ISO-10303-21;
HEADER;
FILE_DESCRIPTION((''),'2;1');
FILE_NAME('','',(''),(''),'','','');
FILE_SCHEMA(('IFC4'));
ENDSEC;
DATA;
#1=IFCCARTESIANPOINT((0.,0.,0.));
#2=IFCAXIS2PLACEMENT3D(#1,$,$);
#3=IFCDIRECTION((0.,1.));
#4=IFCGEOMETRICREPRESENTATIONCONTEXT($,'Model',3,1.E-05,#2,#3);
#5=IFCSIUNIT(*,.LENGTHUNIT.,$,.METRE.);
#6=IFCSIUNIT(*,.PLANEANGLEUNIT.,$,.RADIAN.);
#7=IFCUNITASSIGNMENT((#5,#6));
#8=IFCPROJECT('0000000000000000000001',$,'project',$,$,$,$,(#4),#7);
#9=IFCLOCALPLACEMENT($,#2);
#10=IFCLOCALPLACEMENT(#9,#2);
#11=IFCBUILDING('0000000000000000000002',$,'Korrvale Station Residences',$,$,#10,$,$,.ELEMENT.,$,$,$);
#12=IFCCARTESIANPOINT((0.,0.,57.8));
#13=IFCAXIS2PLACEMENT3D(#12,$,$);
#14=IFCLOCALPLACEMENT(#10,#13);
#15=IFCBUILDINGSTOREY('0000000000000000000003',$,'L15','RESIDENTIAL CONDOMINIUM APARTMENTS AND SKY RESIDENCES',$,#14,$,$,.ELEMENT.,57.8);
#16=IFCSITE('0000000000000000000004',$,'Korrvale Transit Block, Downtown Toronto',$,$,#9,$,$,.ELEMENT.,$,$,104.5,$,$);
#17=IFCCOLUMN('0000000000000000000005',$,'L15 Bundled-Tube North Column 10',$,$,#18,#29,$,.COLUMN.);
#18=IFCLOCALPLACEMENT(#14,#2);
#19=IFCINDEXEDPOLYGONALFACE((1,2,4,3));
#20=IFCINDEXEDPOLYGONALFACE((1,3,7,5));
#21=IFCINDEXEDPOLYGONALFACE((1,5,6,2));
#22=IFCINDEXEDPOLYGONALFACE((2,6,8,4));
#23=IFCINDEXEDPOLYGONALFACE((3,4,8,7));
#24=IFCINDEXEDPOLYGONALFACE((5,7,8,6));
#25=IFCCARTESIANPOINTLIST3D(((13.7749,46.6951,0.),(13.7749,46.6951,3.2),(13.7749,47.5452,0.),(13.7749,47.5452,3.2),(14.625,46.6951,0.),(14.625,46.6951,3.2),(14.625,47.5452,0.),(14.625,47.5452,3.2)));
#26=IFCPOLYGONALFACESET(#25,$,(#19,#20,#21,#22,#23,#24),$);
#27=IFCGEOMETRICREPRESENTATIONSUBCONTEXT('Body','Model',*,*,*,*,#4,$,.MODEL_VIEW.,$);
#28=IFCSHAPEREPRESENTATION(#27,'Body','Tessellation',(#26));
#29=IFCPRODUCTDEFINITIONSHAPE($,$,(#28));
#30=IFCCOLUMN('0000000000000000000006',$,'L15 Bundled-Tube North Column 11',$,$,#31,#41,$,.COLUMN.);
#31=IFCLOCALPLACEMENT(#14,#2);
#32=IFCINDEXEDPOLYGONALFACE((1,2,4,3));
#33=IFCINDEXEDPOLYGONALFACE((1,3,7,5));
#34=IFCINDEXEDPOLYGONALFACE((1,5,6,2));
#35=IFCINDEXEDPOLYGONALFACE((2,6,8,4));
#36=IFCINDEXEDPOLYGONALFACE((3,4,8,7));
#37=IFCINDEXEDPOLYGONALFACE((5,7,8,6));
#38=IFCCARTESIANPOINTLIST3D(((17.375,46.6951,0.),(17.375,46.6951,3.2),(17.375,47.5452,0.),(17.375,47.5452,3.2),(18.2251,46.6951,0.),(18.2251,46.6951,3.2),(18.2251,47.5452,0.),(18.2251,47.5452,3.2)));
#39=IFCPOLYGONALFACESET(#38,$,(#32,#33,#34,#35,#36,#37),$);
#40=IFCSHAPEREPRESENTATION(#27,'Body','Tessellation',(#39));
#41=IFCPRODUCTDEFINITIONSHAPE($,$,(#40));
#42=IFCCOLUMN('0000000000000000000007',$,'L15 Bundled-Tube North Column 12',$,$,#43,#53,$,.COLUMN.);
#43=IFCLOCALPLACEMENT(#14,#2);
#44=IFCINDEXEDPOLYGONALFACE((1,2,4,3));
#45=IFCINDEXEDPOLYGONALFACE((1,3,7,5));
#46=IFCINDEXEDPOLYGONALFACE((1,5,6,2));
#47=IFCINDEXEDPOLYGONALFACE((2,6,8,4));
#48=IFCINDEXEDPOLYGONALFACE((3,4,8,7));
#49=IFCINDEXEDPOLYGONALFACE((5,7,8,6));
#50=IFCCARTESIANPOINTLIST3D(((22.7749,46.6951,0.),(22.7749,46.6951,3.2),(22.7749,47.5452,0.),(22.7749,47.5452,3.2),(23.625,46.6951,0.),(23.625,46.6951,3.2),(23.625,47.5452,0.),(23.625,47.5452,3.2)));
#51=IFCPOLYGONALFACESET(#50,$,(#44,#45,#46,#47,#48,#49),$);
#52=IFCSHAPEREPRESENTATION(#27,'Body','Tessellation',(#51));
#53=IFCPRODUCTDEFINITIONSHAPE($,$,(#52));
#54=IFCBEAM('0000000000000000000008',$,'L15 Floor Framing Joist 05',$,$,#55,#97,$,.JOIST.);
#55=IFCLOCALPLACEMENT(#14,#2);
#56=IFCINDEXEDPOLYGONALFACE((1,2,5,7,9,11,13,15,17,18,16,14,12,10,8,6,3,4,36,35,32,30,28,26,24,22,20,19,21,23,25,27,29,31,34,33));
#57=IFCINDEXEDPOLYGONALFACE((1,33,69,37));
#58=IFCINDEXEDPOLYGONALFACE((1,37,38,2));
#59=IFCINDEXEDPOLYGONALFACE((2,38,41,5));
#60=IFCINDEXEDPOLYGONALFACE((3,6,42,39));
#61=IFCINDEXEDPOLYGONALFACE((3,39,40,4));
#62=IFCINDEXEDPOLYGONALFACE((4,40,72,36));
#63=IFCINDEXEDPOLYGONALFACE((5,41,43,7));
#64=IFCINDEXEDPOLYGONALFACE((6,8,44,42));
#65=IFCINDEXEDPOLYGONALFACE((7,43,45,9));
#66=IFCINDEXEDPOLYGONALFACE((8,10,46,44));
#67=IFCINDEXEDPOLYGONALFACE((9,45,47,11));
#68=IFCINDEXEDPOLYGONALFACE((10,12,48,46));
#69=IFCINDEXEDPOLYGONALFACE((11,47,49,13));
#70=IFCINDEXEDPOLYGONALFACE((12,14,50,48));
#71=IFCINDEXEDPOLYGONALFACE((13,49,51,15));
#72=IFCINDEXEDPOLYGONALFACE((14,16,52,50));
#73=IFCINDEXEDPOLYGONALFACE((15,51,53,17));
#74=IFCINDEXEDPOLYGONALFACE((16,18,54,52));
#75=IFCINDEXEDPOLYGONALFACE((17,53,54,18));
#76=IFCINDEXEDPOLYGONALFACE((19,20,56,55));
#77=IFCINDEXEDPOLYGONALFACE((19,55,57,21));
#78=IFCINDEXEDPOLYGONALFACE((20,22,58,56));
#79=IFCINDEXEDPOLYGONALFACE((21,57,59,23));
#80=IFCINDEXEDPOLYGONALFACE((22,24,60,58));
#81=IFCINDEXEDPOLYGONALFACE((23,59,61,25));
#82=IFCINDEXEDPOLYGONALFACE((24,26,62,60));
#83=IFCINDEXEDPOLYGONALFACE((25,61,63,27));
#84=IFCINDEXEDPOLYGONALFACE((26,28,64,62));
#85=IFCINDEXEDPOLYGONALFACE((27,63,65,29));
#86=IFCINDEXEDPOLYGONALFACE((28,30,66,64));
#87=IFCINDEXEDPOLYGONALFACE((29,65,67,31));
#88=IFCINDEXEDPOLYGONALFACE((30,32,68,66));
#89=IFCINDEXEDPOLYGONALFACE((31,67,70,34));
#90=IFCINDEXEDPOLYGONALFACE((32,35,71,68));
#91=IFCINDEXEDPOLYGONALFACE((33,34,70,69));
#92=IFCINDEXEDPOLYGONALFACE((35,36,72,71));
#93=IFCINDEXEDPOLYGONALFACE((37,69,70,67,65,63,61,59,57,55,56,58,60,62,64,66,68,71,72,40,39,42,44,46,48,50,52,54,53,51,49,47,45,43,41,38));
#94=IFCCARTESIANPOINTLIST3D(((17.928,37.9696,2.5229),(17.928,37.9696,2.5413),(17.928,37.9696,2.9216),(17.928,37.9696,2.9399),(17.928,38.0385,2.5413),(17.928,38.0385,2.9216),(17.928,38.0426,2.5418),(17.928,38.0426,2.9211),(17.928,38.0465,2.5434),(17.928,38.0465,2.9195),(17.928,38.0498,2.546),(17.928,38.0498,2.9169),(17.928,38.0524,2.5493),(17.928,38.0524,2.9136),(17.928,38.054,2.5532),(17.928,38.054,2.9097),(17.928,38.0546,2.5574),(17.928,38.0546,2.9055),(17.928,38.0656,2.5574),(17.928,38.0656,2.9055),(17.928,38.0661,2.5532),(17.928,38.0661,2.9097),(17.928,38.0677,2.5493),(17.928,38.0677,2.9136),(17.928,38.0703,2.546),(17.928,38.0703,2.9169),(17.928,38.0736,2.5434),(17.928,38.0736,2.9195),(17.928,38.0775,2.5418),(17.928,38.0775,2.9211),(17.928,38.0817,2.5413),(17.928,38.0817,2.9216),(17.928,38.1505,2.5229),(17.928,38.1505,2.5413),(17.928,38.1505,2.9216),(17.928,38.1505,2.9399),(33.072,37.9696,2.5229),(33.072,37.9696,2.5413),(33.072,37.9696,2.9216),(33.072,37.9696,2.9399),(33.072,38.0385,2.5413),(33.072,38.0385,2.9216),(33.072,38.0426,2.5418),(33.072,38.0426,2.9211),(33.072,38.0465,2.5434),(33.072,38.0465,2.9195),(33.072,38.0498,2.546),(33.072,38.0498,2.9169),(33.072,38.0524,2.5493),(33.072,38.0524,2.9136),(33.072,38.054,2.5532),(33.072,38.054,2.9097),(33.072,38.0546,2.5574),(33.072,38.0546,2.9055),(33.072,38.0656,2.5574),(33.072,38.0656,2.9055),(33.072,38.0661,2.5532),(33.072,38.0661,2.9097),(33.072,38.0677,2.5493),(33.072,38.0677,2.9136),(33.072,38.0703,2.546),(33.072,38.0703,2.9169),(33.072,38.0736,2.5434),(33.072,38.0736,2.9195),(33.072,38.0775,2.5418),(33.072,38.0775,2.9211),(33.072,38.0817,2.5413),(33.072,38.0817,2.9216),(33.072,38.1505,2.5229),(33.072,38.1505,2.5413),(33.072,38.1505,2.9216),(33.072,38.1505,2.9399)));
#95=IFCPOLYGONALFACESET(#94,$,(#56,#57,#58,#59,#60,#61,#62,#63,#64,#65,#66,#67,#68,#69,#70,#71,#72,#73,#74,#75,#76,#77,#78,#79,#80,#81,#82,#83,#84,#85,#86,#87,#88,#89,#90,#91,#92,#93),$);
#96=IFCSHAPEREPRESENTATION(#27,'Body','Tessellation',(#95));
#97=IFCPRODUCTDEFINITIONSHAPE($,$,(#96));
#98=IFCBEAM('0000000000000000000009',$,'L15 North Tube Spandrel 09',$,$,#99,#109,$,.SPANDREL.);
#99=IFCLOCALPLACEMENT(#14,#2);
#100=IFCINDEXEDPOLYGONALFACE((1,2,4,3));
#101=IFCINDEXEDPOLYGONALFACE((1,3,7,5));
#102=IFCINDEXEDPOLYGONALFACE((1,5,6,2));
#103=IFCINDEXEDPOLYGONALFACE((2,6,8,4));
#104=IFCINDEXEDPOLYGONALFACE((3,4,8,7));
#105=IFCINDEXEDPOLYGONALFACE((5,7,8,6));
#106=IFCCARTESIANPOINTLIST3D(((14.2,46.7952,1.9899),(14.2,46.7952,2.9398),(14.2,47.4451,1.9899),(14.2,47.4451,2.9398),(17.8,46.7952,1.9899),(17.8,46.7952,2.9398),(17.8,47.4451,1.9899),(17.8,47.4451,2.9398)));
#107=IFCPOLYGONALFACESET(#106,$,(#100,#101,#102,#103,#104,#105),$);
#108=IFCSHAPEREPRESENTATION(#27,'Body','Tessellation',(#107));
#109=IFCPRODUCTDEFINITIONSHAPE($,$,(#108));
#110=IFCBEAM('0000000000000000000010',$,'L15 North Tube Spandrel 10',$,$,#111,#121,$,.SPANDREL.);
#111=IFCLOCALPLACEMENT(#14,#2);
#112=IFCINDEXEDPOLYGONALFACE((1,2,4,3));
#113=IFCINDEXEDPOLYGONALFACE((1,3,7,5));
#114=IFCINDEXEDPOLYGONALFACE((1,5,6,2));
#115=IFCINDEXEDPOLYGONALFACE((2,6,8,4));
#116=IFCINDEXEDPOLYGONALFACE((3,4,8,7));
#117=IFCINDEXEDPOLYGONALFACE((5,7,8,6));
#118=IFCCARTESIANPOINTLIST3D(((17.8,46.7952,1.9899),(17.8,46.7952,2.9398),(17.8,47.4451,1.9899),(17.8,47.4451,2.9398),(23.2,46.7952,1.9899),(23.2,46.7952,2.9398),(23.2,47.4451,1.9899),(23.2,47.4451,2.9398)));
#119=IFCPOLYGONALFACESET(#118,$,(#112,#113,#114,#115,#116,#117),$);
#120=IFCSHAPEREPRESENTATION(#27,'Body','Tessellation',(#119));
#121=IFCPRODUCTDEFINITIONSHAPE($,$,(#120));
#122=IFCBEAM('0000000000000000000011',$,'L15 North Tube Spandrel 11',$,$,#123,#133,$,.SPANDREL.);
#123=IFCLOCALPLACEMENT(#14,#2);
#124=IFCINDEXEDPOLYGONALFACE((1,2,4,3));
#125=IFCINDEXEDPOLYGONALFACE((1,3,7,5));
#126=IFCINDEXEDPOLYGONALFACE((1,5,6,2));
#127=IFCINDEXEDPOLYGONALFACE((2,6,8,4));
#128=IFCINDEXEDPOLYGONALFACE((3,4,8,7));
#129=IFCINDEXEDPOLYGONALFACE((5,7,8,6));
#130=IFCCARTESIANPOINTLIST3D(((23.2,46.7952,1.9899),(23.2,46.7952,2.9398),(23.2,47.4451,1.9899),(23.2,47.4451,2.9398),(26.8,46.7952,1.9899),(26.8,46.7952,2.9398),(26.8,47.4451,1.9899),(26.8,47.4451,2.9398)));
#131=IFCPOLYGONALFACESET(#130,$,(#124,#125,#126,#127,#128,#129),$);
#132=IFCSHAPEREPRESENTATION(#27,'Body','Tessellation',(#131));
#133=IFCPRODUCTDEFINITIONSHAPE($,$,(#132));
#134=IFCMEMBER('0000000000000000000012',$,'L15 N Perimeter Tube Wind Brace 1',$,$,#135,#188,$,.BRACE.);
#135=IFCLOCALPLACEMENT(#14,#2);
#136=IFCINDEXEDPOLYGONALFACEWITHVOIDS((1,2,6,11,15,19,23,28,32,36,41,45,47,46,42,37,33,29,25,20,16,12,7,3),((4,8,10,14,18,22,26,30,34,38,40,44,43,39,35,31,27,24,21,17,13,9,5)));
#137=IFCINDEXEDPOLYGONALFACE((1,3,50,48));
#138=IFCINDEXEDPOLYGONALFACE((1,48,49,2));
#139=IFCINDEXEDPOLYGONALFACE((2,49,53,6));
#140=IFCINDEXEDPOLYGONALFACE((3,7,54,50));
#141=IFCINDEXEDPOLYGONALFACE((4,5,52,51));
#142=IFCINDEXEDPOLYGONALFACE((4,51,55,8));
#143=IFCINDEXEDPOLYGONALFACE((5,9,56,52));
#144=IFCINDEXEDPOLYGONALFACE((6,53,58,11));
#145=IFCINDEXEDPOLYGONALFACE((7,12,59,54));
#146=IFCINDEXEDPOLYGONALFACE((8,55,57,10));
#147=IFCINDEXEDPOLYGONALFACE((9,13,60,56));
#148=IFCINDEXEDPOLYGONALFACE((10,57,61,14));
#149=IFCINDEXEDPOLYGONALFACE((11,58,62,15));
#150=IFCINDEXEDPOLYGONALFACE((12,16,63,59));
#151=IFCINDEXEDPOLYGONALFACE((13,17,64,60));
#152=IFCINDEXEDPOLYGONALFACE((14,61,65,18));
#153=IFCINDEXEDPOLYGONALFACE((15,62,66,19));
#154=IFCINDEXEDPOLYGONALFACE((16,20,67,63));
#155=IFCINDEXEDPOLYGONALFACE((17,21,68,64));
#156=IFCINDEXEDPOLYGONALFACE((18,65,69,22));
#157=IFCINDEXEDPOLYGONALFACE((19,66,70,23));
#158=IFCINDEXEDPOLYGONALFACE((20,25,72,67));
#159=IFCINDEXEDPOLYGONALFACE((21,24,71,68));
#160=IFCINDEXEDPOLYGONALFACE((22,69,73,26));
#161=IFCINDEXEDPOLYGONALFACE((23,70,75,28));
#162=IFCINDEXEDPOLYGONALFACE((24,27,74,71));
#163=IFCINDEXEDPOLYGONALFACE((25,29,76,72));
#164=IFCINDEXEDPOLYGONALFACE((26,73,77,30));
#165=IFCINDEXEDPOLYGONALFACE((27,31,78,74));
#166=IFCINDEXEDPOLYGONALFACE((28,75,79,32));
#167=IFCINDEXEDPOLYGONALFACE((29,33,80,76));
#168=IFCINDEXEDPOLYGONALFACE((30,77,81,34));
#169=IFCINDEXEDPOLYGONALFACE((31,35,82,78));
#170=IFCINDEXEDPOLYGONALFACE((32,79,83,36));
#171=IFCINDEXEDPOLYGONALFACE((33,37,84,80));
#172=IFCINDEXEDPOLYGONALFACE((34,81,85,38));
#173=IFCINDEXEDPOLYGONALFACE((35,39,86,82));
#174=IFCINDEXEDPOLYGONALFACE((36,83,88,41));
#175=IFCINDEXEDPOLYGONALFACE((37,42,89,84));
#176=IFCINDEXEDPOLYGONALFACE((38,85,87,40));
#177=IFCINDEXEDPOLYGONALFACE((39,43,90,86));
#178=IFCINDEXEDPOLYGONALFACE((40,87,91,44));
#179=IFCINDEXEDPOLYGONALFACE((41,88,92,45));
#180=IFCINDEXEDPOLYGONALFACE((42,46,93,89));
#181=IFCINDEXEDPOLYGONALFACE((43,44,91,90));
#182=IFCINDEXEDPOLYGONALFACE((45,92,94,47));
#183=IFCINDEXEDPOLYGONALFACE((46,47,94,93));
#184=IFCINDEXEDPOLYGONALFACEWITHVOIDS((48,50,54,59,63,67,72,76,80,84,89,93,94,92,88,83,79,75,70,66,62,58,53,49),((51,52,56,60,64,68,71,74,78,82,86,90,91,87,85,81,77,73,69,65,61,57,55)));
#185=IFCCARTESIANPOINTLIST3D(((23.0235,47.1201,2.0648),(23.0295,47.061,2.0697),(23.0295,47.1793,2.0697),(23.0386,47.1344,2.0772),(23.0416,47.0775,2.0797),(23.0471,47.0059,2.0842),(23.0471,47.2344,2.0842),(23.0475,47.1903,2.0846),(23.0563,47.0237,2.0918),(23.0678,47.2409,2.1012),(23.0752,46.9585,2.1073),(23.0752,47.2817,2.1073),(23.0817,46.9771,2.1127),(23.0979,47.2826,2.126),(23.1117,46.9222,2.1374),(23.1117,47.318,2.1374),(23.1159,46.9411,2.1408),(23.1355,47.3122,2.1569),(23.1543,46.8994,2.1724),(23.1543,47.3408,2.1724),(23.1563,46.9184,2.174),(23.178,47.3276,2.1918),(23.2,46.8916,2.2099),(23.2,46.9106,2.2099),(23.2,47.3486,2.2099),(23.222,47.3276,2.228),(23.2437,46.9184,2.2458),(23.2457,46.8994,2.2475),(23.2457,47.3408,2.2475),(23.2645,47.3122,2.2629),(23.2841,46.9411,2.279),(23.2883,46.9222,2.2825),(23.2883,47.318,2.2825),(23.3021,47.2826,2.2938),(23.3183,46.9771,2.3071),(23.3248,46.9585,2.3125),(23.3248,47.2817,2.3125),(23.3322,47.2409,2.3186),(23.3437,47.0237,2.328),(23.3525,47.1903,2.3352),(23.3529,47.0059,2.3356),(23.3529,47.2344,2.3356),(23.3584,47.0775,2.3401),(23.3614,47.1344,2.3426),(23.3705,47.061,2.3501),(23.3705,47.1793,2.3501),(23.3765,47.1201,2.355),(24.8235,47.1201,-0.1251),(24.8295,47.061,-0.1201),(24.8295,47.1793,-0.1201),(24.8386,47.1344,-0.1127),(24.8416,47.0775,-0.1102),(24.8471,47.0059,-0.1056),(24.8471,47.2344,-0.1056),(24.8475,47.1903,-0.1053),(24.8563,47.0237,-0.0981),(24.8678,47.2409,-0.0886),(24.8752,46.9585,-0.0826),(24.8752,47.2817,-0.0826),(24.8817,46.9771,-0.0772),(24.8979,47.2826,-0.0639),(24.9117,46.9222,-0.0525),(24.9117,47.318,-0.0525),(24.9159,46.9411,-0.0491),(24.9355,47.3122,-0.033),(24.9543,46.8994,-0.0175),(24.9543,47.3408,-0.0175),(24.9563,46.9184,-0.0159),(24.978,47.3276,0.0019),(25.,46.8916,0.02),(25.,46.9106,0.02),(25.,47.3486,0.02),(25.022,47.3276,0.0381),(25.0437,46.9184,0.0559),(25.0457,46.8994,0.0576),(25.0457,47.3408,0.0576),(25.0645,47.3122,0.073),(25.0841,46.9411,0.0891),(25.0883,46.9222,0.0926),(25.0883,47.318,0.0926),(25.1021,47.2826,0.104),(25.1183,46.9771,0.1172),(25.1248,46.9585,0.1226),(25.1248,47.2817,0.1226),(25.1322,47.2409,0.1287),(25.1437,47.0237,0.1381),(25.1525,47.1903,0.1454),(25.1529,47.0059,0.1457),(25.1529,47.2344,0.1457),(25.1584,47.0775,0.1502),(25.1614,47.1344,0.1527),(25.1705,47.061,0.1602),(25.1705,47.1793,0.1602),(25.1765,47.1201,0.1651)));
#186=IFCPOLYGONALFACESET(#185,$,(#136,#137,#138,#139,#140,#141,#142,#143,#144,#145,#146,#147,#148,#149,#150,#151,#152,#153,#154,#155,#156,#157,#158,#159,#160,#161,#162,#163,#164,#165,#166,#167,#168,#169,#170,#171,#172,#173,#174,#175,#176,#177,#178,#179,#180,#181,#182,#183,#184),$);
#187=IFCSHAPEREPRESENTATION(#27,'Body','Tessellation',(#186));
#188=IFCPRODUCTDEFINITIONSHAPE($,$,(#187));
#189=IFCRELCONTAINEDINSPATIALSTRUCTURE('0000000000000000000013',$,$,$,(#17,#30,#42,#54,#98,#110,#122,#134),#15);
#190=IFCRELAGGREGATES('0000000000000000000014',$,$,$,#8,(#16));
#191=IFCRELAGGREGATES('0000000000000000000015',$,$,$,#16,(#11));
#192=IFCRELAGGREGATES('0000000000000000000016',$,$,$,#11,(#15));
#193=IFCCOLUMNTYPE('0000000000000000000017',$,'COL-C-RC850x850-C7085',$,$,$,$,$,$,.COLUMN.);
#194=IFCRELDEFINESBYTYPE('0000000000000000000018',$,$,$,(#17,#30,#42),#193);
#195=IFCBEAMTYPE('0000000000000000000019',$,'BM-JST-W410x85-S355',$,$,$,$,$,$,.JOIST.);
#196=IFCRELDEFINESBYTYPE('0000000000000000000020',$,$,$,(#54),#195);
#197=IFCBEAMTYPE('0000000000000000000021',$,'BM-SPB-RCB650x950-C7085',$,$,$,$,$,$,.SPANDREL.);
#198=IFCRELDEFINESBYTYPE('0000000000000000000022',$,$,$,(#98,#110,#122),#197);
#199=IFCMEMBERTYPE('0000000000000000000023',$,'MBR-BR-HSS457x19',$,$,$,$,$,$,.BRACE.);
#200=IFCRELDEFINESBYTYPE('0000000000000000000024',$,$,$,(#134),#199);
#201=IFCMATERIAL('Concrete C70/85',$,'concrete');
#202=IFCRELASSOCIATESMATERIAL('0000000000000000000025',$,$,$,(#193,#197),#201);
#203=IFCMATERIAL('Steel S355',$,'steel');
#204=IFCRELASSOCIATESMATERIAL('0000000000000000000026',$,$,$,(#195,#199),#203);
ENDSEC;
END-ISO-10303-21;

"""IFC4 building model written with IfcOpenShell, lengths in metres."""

from ifc_helpers import new_model, si_unit, direction, frame, origin, origin_2d, place, context, subcontext, project, spatial, rectangle, hollow_circle, i_section, extrude, material, material_profile, profile_set, type_object, element, save


model = new_model("IFC4")

# Units and contexts
model_context = context("Model", 3, precision=1e-05, world=origin(), true_north=direction((0.0, 1.0)))
body_context = subcontext(model_context, "Body", "Model", "MODEL_VIEW")
ifc_project = project(units=[si_unit("LENGTHUNIT", "METRE"), si_unit("PLANEANGLEUNIT", "RADIAN")], contexts=[model_context])

# Site, building, storey
site_placement = place(None, origin())
site = spatial("IfcSite", under=ifc_project, at=site_placement, Name="Korrvale Transit Block, Downtown Toronto", CompositionType="ELEMENT", RefElevation=104.5)
building_placement = place(site_placement, origin())
building = spatial("IfcBuilding", under=site, at=building_placement, Name="Korrvale Station Residences", CompositionType="ELEMENT")
storey_placement = place(building_placement, frame((0.0, 0.0, 57.8)))
storey = spatial("IfcBuildingStorey", under=building, at=storey_placement, Name="L15", Description="RESIDENTIAL CONDOMINIUM APARTMENTS AND SKY RESIDENCES", CompositionType="ELEMENT", Elevation=57.8)

# Columns
ifc_material_1 = material(Name="Concrete C70/85", Category="concrete")
ifc_material_profile_1 = material_profile(ifc_material_1, rectangle(XDim=0.8501, YDim=0.8501, at=origin_2d()), Name="RC850x850")
ifc_profile_set_1 = profile_set([ifc_material_profile_1], Name="Concrete C70/85")
column_type = type_object("IfcColumnType", Name="COL-C-RC850x850-C7085", PredefinedType="COLUMN", material=ifc_profile_set_1)
for number, where, z_axis, x_axis, name in (
    (1, (14.2, 47.1201, 0.0), (0.0, 0.0, 1.0), (1.0, 0.0, 0.0), "L15 Bundled-Tube North Column 10"),
    (2, (17.8, 47.1201, 0.0), (0.0, 0.0, 1.0), (1.0, 0.0, 0.0), "L15 Bundled-Tube North Column 11"),
    (3, (23.2, 47.1201, 0.0), (0.0, 0.0, 1.0), (1.0, 0.0, 0.0), "L15 Bundled-Tube North Column 12"),
):
    element("IfcColumn", number, at=place(storey_placement, frame(where, z_axis=z_axis, x_axis=x_axis)), inside=storey, type_object=column_type, Name=name, PredefinedType="COLUMN", context=body_context, shape_type="SweptSolid", body=[
        extrude(rectangle(XDim=0.8501, YDim=0.8501, at=origin_2d()), origin(), (0.0, 0.0, 1.0), 3.2),
    ])

# Beams
ifc_material_2 = material(Name="Steel S355", Category="steel")
ifc_material_profile_2 = material_profile(ifc_material_2, i_section(OverallWidth=0.1809, OverallDepth=0.417, WebThickness=0.011, FlangeThickness=0.0183, FilletRadius=0.0161, at=origin_2d()), Name="W410x85")
ifc_profile_set_2 = profile_set([ifc_material_profile_2], Name="Steel S355")
beam_type_1 = type_object("IfcBeamType", Name="BM-JST-W410x85-S355", PredefinedType="JOIST", material=ifc_profile_set_2)
beam_1_placement = place(storey_placement, frame((17.928, 38.0601, 2.7314), z_axis=(1.0, 0.0, 0.0), x_axis=(0.0, 1.0, 0.0)))
element("IfcBeam", 4, at=beam_1_placement, inside=storey, type_object=beam_type_1, Name="L15 Floor Framing Joist 05", PredefinedType="JOIST", context=body_context, shape_type="SweptSolid", body=[
    extrude(i_section(OverallWidth=0.1809, OverallDepth=0.417, WebThickness=0.011, FlangeThickness=0.0183, FilletRadius=0.0161, at=origin_2d()), origin(), (0.0, 0.0, 1.0), 15.144),
])
ifc_material_profile_3 = material_profile(ifc_material_1, rectangle(XDim=0.6499, YDim=0.95, at=origin_2d()), Name="RCB650x950")
ifc_profile_set_3 = profile_set([ifc_material_profile_3], Name="Concrete C70/85")
beam_type_2 = type_object("IfcBeamType", Name="BM-SPB-RCB650x950-C7085", PredefinedType="SPANDREL", material=ifc_profile_set_3)
beam_2_placement = place(storey_placement, frame((14.2, 47.1201, 2.4648), z_axis=(1.0, 0.0, 0.0), x_axis=(0.0, 1.0, 0.0)))
element("IfcBeam", 5, at=beam_2_placement, inside=storey, type_object=beam_type_2, Name="L15 North Tube Spandrel 09", PredefinedType="SPANDREL", context=body_context, shape_type="SweptSolid", body=[
    extrude(rectangle(XDim=0.6499, YDim=0.95, at=origin_2d()), origin(), (0.0, 0.0, 1.0), 3.6001),
])
beam_3_placement = place(storey_placement, frame((17.8, 47.1201, 2.4648), z_axis=(1.0, 0.0, 0.0), x_axis=(0.0, 1.0, 0.0)))
element("IfcBeam", 6, at=beam_3_placement, inside=storey, type_object=beam_type_2, Name="L15 North Tube Spandrel 10", PredefinedType="SPANDREL", context=body_context, shape_type="SweptSolid", body=[
    extrude(rectangle(XDim=0.6499, YDim=0.95, at=origin_2d()), origin(), (0.0, 0.0, 1.0), 5.3999),
])
beam_4_placement = place(storey_placement, frame((23.2, 47.1201, 2.4648), z_axis=(1.0, 0.0, 0.0), x_axis=(0.0, 1.0, 0.0)))
element("IfcBeam", 7, at=beam_4_placement, inside=storey, type_object=beam_type_2, Name="L15 North Tube Spandrel 11", PredefinedType="SPANDREL", context=body_context, shape_type="SweptSolid", body=[
    extrude(rectangle(XDim=0.6499, YDim=0.95, at=origin_2d()), origin(), (0.0, 0.0, 1.0), 3.6001),
])

# Member
ifc_material_profile_4 = material_profile(ifc_material_2, hollow_circle(Radius=0.2285, WallThickness=0.019, at=origin_2d()), Name="HSS457x19")
ifc_profile_set_4 = profile_set([ifc_material_profile_4], Name="Steel S355")
member_type = type_object("IfcMemberType", Name="MBR-BR-HSS457x19", PredefinedType="BRACE", material=ifc_profile_set_4)
for number, where, z_axis, x_axis, name in (
    (8, (25.0, 47.1201, 0.02), (-0.634985, 0.0, 0.772524), (0.0, -1.0, 0.0), "L15 N Perimeter Tube Wind Brace 1"),
):
    element("IfcMember", number, at=place(storey_placement, frame(where, z_axis=z_axis, x_axis=x_axis)), inside=storey, type_object=member_type, Name=name, PredefinedType="BRACE", context=body_context, shape_type="SweptSolid", body=[
        extrude(hollow_circle(Radius=0.2285, WallThickness=0.019, at=origin_2d()), origin(), (0.0, 0.0, 1.0), 2.8347),
    ])

save(model, "model.ifc")
